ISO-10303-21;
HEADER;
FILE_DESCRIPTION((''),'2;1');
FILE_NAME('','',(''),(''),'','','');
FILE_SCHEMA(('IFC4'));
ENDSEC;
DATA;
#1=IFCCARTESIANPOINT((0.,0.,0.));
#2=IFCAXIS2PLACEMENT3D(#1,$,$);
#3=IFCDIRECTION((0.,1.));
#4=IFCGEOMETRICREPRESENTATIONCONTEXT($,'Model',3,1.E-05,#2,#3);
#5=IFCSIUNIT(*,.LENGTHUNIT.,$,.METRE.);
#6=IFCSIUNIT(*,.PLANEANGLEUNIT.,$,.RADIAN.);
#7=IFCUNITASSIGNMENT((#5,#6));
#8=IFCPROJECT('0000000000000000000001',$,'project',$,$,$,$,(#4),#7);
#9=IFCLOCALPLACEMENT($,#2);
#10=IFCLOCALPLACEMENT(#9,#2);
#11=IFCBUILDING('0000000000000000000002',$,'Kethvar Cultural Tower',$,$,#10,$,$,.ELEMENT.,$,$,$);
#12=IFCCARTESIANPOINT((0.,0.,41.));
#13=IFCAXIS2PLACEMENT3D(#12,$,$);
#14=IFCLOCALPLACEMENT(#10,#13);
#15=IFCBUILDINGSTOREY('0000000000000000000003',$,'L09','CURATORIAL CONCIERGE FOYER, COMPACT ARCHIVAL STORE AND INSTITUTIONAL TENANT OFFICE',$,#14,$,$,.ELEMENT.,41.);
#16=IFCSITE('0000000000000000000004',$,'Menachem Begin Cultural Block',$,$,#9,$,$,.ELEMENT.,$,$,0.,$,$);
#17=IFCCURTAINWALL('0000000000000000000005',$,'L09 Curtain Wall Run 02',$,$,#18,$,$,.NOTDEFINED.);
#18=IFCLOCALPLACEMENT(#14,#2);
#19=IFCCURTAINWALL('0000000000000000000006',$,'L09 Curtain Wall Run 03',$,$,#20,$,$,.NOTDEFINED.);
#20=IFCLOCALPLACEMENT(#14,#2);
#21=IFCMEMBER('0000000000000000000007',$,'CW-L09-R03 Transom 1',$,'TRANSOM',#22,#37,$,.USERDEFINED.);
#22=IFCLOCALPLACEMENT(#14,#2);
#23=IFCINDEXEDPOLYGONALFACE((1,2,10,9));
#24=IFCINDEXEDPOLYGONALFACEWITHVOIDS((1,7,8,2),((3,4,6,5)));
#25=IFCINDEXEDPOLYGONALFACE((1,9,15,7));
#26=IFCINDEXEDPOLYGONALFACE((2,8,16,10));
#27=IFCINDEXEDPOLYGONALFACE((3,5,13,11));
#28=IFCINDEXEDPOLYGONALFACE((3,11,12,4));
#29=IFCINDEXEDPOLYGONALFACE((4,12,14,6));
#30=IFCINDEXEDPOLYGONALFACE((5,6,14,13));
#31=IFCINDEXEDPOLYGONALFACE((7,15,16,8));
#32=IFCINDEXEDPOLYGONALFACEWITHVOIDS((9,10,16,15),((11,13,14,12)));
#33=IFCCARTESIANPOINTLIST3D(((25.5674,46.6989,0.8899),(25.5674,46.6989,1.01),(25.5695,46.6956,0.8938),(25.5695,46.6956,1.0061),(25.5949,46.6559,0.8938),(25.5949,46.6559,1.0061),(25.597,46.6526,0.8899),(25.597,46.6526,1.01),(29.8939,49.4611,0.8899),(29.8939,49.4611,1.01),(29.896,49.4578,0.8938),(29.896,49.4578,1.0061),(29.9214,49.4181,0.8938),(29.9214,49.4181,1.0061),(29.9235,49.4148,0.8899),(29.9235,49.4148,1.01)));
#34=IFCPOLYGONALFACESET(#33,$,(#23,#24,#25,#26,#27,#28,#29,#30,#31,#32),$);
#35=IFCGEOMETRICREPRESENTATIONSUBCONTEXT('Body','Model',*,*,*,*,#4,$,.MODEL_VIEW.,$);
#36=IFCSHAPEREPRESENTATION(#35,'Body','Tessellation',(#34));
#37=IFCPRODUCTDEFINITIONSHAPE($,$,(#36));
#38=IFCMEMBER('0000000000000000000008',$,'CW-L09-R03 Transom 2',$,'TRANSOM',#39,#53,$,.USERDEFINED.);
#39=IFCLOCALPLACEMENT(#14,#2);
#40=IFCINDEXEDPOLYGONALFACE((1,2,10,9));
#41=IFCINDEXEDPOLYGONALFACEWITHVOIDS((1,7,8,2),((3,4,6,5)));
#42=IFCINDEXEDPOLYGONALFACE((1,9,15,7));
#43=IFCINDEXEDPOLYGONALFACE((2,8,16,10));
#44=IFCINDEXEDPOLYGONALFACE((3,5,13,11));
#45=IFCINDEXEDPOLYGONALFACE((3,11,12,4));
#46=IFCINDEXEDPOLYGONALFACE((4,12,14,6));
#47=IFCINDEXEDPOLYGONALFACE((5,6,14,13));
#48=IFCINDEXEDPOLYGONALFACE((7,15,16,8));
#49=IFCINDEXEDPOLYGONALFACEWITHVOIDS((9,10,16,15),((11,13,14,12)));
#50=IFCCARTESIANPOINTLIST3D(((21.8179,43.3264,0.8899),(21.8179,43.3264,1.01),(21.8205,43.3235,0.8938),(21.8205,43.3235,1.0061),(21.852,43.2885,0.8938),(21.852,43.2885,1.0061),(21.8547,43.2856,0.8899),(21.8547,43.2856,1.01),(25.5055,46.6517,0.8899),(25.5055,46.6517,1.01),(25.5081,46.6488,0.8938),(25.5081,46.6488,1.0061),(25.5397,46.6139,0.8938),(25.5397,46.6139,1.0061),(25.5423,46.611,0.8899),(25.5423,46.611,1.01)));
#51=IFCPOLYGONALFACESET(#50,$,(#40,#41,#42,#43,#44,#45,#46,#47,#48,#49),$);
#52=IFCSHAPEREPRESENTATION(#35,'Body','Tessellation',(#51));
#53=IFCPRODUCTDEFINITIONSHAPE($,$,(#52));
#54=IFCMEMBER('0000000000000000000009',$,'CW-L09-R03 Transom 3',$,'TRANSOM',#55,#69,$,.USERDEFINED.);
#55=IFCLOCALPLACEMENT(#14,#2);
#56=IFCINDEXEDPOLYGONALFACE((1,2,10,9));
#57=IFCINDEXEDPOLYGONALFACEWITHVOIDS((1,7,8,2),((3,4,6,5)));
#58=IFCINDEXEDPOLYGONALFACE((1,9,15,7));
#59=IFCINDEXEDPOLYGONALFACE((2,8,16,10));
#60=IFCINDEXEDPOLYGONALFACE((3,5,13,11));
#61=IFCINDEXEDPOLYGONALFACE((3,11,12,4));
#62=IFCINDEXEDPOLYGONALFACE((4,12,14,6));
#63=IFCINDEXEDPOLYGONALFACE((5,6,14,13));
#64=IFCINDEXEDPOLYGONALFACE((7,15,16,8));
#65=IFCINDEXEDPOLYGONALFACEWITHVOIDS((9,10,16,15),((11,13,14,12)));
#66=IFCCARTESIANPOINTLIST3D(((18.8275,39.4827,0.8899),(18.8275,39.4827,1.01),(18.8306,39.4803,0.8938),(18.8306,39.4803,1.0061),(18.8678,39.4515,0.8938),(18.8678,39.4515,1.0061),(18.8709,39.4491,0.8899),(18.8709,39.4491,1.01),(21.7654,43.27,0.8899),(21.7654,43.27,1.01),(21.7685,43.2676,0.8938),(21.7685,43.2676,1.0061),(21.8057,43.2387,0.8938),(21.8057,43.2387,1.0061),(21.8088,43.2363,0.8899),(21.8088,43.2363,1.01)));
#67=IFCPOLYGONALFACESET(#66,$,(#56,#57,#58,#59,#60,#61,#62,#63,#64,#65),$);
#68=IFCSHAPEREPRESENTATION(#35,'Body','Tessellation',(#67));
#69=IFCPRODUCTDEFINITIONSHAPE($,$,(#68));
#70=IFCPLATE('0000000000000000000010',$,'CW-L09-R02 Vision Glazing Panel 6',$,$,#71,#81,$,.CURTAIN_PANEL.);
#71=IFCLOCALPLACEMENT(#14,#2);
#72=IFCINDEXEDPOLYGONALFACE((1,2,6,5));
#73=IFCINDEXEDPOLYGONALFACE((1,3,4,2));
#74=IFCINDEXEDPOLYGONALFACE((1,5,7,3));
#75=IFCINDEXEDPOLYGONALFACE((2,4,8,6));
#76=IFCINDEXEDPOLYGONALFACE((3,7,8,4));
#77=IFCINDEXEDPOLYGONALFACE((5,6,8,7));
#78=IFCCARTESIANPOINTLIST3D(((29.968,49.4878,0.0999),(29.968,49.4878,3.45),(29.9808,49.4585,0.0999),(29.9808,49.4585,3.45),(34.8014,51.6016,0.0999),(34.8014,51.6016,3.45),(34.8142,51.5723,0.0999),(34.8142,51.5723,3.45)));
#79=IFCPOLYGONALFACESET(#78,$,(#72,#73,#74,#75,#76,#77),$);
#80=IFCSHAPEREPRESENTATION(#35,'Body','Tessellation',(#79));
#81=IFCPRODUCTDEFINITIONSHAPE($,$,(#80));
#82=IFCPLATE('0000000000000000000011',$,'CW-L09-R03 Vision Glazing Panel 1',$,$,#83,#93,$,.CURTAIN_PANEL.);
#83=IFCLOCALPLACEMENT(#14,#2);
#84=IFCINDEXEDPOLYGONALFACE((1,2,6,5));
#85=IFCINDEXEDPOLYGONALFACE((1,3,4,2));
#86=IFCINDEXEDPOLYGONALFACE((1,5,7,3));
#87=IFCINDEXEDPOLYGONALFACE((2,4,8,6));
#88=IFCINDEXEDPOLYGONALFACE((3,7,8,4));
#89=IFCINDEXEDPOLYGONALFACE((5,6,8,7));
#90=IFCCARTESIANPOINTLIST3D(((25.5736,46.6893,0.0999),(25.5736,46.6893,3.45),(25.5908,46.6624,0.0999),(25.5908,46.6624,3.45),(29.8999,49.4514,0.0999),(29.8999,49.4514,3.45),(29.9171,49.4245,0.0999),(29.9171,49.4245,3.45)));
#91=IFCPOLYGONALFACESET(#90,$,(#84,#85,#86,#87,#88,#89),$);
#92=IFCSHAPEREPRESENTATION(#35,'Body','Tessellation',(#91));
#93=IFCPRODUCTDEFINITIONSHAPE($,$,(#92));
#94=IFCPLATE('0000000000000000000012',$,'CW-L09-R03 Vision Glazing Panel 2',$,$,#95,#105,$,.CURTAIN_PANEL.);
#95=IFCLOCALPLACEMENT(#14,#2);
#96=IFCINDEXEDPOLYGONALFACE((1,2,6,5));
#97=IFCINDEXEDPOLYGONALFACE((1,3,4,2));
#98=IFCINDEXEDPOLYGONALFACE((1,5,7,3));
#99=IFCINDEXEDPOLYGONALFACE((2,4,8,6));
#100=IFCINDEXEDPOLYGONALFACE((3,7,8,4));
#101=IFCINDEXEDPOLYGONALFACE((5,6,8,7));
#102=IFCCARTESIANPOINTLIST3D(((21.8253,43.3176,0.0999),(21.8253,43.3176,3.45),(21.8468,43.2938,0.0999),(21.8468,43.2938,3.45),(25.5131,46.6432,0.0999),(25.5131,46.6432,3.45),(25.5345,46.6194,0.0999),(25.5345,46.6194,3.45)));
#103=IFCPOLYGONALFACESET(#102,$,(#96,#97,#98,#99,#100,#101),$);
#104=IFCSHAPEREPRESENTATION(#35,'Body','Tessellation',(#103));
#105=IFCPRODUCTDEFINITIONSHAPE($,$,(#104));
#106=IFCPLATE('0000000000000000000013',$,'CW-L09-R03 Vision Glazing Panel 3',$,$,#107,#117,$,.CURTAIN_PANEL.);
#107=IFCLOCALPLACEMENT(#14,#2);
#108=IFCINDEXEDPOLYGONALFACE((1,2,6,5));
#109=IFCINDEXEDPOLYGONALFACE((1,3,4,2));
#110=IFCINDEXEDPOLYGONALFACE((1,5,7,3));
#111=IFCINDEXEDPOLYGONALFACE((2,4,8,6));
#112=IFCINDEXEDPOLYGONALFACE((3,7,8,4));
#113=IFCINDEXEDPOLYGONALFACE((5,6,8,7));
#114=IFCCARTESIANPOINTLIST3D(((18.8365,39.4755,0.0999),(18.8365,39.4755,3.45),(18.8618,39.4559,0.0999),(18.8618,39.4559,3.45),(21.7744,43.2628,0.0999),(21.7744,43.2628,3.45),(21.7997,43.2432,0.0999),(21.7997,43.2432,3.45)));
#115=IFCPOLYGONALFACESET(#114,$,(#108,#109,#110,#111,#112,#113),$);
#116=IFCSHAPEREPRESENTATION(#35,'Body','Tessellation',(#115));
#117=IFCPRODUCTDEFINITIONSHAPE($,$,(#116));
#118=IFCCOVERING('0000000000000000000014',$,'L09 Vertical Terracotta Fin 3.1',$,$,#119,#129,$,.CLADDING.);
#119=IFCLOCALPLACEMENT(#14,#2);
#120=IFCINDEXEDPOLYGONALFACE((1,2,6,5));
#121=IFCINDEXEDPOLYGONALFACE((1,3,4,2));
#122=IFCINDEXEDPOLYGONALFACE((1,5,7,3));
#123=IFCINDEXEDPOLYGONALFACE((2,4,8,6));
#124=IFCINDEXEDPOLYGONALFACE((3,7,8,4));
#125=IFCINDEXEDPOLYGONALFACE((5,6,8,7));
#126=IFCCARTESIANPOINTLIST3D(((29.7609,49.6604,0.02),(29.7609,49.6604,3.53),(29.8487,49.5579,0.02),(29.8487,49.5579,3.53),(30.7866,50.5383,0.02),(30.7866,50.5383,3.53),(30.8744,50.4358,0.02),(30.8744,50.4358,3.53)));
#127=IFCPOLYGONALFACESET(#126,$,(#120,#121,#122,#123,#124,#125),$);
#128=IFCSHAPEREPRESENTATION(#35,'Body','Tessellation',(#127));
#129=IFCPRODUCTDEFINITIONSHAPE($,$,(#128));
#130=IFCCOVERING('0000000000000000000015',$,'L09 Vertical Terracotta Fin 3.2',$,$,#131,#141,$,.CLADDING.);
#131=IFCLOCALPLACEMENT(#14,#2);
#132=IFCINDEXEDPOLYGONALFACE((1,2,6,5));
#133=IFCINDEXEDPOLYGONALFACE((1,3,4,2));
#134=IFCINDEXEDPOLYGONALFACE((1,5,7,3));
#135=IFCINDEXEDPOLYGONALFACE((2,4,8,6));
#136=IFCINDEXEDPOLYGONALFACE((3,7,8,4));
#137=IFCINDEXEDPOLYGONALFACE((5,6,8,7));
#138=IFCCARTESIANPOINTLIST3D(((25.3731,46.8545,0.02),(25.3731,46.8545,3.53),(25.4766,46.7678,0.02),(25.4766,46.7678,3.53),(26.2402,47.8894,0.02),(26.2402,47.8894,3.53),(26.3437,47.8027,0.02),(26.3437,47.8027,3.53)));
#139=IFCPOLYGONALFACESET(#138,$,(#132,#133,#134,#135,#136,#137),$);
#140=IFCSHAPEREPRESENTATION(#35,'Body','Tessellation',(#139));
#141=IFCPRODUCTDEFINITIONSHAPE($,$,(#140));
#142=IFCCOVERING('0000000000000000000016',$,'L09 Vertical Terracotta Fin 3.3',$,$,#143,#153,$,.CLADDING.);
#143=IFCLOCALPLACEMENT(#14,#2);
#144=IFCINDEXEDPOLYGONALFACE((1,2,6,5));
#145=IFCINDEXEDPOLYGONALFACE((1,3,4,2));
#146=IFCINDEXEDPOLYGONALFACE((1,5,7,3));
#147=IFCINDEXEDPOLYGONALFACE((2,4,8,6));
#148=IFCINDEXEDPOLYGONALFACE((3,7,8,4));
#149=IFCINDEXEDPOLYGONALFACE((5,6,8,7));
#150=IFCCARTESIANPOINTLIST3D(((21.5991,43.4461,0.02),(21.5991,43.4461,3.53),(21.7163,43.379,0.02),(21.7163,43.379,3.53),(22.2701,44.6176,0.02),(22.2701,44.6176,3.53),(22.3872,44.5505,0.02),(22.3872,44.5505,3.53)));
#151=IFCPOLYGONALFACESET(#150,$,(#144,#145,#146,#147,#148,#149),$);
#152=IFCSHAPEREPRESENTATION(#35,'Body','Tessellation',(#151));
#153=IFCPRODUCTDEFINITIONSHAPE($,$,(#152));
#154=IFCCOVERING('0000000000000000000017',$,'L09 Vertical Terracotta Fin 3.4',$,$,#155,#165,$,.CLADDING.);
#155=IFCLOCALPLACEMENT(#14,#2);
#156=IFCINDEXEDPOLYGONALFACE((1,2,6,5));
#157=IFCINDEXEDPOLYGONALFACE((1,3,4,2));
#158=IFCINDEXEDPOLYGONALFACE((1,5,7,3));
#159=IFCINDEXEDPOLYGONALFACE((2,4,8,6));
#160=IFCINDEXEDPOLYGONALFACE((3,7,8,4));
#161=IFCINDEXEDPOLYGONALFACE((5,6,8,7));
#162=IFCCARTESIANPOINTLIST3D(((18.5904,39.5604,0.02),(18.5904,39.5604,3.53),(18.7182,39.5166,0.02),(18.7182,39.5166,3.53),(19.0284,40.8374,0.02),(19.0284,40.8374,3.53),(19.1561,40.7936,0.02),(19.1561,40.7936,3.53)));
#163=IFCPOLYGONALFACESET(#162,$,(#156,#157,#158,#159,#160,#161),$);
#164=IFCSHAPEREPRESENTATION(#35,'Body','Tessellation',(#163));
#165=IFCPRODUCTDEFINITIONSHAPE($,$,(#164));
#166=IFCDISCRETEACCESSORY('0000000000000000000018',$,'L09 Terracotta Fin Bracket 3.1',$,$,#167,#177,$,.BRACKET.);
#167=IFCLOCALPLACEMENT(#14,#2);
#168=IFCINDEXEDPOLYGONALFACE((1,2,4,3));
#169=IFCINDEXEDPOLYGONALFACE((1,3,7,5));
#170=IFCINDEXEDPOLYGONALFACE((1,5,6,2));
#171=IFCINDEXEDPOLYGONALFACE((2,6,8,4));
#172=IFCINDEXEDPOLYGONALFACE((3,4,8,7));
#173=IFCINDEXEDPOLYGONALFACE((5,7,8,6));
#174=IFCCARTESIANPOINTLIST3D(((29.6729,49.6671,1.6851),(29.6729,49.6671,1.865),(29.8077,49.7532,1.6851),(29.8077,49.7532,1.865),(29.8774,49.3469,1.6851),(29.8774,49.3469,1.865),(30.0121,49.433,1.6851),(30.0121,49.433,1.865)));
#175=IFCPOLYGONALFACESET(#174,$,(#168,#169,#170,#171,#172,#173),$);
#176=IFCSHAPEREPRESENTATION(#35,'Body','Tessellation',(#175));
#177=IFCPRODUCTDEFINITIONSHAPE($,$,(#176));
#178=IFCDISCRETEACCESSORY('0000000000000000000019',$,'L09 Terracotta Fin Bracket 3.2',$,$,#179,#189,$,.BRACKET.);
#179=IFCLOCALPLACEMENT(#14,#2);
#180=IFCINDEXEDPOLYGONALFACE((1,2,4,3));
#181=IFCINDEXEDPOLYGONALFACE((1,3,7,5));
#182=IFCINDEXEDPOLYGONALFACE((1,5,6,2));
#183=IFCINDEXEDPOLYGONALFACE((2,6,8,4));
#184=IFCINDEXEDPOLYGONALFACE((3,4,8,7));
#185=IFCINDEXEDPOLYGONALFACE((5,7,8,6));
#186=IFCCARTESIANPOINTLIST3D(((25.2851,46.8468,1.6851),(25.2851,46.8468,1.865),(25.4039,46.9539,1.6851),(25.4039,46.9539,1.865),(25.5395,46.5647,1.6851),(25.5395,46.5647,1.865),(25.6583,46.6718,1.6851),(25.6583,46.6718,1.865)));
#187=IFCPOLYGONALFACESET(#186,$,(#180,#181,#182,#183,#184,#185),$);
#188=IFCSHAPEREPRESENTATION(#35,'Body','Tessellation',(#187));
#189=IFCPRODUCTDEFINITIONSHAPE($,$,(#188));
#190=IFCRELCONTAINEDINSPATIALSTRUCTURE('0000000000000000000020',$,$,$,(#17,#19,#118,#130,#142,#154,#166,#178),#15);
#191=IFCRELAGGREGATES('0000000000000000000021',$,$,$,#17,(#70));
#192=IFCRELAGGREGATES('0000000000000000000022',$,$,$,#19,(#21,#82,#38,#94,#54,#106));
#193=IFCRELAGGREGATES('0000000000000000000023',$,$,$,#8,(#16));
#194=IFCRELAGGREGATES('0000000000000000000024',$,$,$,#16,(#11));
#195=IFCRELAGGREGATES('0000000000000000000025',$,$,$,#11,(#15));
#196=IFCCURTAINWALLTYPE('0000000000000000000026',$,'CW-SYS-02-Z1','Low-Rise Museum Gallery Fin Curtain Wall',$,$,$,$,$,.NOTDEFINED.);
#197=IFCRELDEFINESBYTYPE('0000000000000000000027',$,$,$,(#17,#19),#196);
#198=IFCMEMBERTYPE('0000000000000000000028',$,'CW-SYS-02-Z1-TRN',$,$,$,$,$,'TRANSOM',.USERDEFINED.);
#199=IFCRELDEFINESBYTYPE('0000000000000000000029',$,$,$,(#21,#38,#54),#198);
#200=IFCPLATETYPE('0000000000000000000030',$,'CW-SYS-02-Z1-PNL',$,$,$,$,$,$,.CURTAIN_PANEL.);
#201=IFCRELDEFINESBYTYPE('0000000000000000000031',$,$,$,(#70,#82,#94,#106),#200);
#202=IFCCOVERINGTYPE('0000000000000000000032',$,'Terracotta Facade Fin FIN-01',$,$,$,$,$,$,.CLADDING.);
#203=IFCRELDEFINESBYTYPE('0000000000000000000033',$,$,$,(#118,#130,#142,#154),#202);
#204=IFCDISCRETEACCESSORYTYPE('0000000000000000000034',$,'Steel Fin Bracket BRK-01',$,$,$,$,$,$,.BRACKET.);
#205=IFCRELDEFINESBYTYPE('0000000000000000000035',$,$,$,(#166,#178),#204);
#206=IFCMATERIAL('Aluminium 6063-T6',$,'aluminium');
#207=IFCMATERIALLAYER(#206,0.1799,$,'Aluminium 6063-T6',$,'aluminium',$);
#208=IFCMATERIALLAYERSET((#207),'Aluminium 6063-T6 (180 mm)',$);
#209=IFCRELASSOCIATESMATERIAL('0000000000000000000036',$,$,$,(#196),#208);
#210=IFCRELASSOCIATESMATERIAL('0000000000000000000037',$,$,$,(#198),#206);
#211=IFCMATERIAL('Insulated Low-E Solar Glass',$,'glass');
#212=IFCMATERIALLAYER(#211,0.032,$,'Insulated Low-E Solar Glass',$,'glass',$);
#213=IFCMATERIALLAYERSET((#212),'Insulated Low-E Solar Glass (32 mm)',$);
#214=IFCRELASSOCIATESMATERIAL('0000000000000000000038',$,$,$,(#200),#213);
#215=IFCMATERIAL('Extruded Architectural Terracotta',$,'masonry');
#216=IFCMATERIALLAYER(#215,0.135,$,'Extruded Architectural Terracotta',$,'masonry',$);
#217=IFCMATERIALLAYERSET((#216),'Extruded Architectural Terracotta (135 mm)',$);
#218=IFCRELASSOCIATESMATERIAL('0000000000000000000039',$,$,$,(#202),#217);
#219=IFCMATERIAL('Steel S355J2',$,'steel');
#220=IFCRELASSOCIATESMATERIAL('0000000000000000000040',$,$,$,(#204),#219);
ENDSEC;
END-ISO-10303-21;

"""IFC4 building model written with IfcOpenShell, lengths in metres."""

from ifc_helpers import new_model, si_unit, direction, frame, origin, origin_2d, place, context, subcontext, project, spatial, rectangle, hollow_rectangle, extrude, source, transform, mapped, material, layer, layer_set, material_profile, profile_set, type_object, element, aggregate, save


model = new_model("IFC4")

# Units and contexts
model_context = context("Model", 3, precision=1e-05, world=origin(), true_north=direction((0.0, 1.0)))
body_context = subcontext(model_context, "Body", "Model", "MODEL_VIEW")
ifc_project = project(units=[si_unit("LENGTHUNIT", "METRE"), si_unit("PLANEANGLEUNIT", "RADIAN")], contexts=[model_context])

# Site, building, storey
site_placement = place(None, origin())
site = spatial("IfcSite", under=ifc_project, at=site_placement, Name="Menachem Begin Cultural Block", CompositionType="ELEMENT", RefElevation=0.0)
building_placement = place(site_placement, origin())
building = spatial("IfcBuilding", under=site, at=building_placement, Name="Kethvar Cultural Tower", CompositionType="ELEMENT")
storey_placement = place(building_placement, frame((0.0, 0.0, 41.0)))
storey = spatial("IfcBuildingStorey", under=building, at=storey_placement, Name="L09", Description="CURATORIAL CONCIERGE FOYER, COMPACT ARCHIVAL STORE AND INSTITUTIONAL TENANT OFFICE", CompositionType="ELEMENT", Elevation=41.0)

# Shared definitions
ifc_material_1 = material(Name="Steel S355J2", Category="steel")

# Curtain wall
ifc_material_2 = material(Name="Aluminium 6063-T6", Category="aluminium")
ifc_layer_1 = layer(ifc_material_2, 0.1799, Name="Aluminium 6063-T6", Category="aluminium")
ifc_layer_set_1 = layer_set([ifc_layer_1], Name="Aluminium 6063-T6 (180 mm)")
curtain_wall_type = type_object("IfcCurtainWallType", Name="CW-SYS-02-Z1", Description="Low-Rise Museum Gallery Fin Curtain Wall", PredefinedType="NOTDEFINED", material=ifc_layer_set_1)
curtain_wall_1_placement = place(storey_placement, origin())
curtain_wall_1 = element("IfcCurtainWall", 1, at=curtain_wall_1_placement, inside=storey, type_object=curtain_wall_type, Name="L09 Curtain Wall Run 02", PredefinedType="NOTDEFINED")

# Curtain wall, members
curtain_wall_2_placement = place(storey_placement, origin())
curtain_wall_2 = element("IfcCurtainWall", 2, at=curtain_wall_2_placement, inside=storey, type_object=curtain_wall_type, Name="L09 Curtain Wall Run 03", PredefinedType="NOTDEFINED")
ifc_material_profile_1 = material_profile(ifc_material_2, hollow_rectangle(XDim=0.0549, YDim=0.1201, WallThickness=0.0039, at=origin_2d()), Name="Aluminium 6063-T6 — RHS120x55x4")
ifc_profile_set_1 = profile_set([ifc_material_profile_1], Name="Aluminium 6063-T6 — RHS120x55x4")
member_type_1 = type_object("IfcMemberType", Name="CW-SYS-02-Z1-TRN", ElementType="TRANSOM", PredefinedType="USERDEFINED", material=ifc_profile_set_1)
shared_shape_1 = source(origin(), body_context, "Body", "SweptSolid", [
    extrude(hollow_rectangle(XDim=0.0549, YDim=0.1201, WallThickness=0.0039, at=origin_2d()), origin(), (0.0, 0.0, 1.0), 5.1331),
])
member_1_placement = place(storey_placement, frame((29.9087, 49.438, 0.95), z_axis=(-0.842863, -0.538127, 0.0), x_axis=(0.538127, -0.842863, 0.0)))
member_1 = element("IfcMember", 3, at=member_1_placement, type_object=member_type_1, Name="CW-L09-R03 Transom 1", ObjectType="TRANSOM", PredefinedType="USERDEFINED", context=body_context, shape_type="MappedRepresentation", body=[
    mapped(shared_shape_1, transform((0.0, 0.0, 0.0), scale=1.0)),
])
shared_shape_2 = source(origin(), body_context, "Body", "SweptSolid", [
    extrude(hollow_rectangle(XDim=0.0549, YDim=0.1201, WallThickness=0.0039, at=origin_2d()), origin(), (0.0, 0.0, 1.0), 4.9656),
])
member_2_placement = place(storey_placement, frame((25.5239, 46.6313, 0.95), z_axis=(-0.742646, -0.669684, 0.0), x_axis=(0.669684, -0.742646, 0.0)))
member_2 = element("IfcMember", 4, at=member_2_placement, type_object=member_type_1, Name="CW-L09-R03 Transom 2", ObjectType="TRANSOM", PredefinedType="USERDEFINED", context=body_context, shape_type="MappedRepresentation", body=[
    mapped(shared_shape_2, transform((0.0, 0.0, 0.0), scale=1.0)),
])
shared_shape_3 = source(origin(), body_context, "Body", "SweptSolid", [
    extrude(hollow_rectangle(XDim=0.0549, YDim=0.1201, WallThickness=0.0039, at=origin_2d()), origin(), (0.0, 0.0, 1.0), 4.7932),
])
member_3_placement = place(storey_placement, frame((21.7871, 43.2532, 0.95), z_axis=(-0.612935, -0.790133, 0.0), x_axis=(0.790133, -0.612935, 0.0)))
member_3 = element("IfcMember", 5, at=member_3_placement, type_object=member_type_1, Name="CW-L09-R03 Transom 3", ObjectType="TRANSOM", PredefinedType="USERDEFINED", context=body_context, shape_type="MappedRepresentation", body=[
    mapped(shared_shape_3, transform((0.0, 0.0, 0.0), scale=1.0)),
])

# Plates
ifc_material_3 = material(Name="Insulated Low-E Solar Glass", Category="glass")
ifc_layer_2 = layer(ifc_material_3, 0.032, Name="Insulated Low-E Solar Glass", Category="glass")
ifc_layer_set_2 = layer_set([ifc_layer_2], Name="Insulated Low-E Solar Glass (32 mm)")
plate_type = type_object("IfcPlateType", Name="CW-SYS-02-Z1-PNL", PredefinedType="CURTAIN_PANEL", material=ifc_layer_set_2)
shared_shape_4 = source(origin(), body_context, "Body", "SweptSolid", [
    extrude(rectangle(XDim=5.2754, YDim=0.032, at=origin_2d()), origin(), (0.0, 0.0, 1.0), 3.3501),
])
plate_1_placement = place(storey_placement, frame((32.3911, 50.53, 0.0999), z_axis=(0.0, 0.0, 1.0), x_axis=(-0.916216, -0.400685, 0.0)))
plate_1 = element("IfcPlate", 6, at=plate_1_placement, type_object=plate_type, Name="CW-L09-R02 Vision Glazing Panel 6", PredefinedType="CURTAIN_PANEL", context=body_context, shape_type="MappedRepresentation", body=[
    mapped(shared_shape_4, transform((0.0, 0.0, 0.0), scale=1.0)),
])
aggregate(curtain_wall_1, [plate_1])
shared_shape_5 = source(origin(), body_context, "Body", "SweptSolid", [
    extrude(rectangle(XDim=5.1328, YDim=0.032, at=origin_2d()), origin(), (0.0, 0.0, 1.0), 3.3501),
])
plate_2_placement = place(storey_placement, frame((27.7454, 48.0569, 0.0999), z_axis=(0.0, 0.0, 1.0), x_axis=(-0.842866, -0.538124, 0.0)))
plate_2 = element("IfcPlate", 7, at=plate_2_placement, type_object=plate_type, Name="CW-L09-R03 Vision Glazing Panel 1", PredefinedType="CURTAIN_PANEL", context=body_context, shape_type="MappedRepresentation", body=[
    mapped(shared_shape_5, transform((0.0, 0.0, 0.0), scale=1.0)),
])
shared_shape_6 = source(origin(), body_context, "Body", "SweptSolid", [
    extrude(rectangle(XDim=4.9658, YDim=0.032, at=origin_2d()), origin(), (0.0, 0.0, 1.0), 3.3501),
])
plate_3_placement = place(storey_placement, frame((23.6799, 44.9685, 0.0999), z_axis=(0.0, 0.0, 1.0), x_axis=(-0.742631, -0.669701, 0.0)))
plate_3 = element("IfcPlate", 8, at=plate_3_placement, type_object=plate_type, Name="CW-L09-R03 Vision Glazing Panel 2", PredefinedType="CURTAIN_PANEL", context=body_context, shape_type="MappedRepresentation", body=[
    mapped(shared_shape_6, transform((0.0, 0.0, 0.0), scale=1.0)),
])
shared_shape_7 = source(origin(), body_context, "Body", "SweptSolid", [
    extrude(rectangle(XDim=4.7932, YDim=0.032, at=origin_2d()), origin(), (0.0, 0.0, 1.0), 3.3501),
])
plate_4_placement = place(storey_placement, frame((20.3181, 41.3594, 0.0999), z_axis=(0.0, 0.0, 1.0), x_axis=(-0.612935, -0.790134, 0.0)))
plate_4 = element("IfcPlate", 9, at=plate_4_placement, type_object=plate_type, Name="CW-L09-R03 Vision Glazing Panel 3", PredefinedType="CURTAIN_PANEL", context=body_context, shape_type="MappedRepresentation", body=[
    mapped(shared_shape_7, transform((0.0, 0.0, 0.0), scale=1.0)),
])
aggregate(curtain_wall_2, [member_1, plate_2, member_2, plate_3, member_3, plate_4])

# Coverings
ifc_material_4 = material(Name="Extruded Architectural Terracotta", Category="masonry")
ifc_layer_3 = layer(ifc_material_4, 0.135, Name="Extruded Architectural Terracotta", Category="masonry")
ifc_layer_set_3 = layer_set([ifc_layer_3], Name="Extruded Architectural Terracotta (135 mm)")
covering_type = type_object("IfcCoveringType", Name="Terracotta Facade Fin FIN-01", PredefinedType="CLADDING", material=ifc_layer_set_3)
shared_shape_8 = source(origin(), body_context, "Body", "SweptSolid", [
    extrude(rectangle(XDim=1.3501, YDim=0.135, at=origin_2d()), origin(), (0.0, 0.0, 1.0), 3.51),
])
for number, where, z_axis, x_axis, name in (
    (10, (30.3176, 50.0481, 0.02), (0.0, 0.0, 1.0), (0.759725, 0.650244, 0.0), "L09 Vertical Terracotta Fin 3.1"),
    (11, (25.8584, 47.3286, 0.02), (0.0, 0.0, 1.0), (0.642253, 0.766493, 0.0), "L09 Vertical Terracotta Fin 3.2"),
    (12, (21.9932, 43.9983, 0.02), (0.0, 0.0, 1.0), (0.496974, 0.867765, 0.0), "L09 Vertical Terracotta Fin 3.3"),
    (13, (18.8733, 40.177, 0.02), (0.0, 0.0, 1.0), (0.324413, 0.945916, 0.0), "L09 Vertical Terracotta Fin 3.4"),
):
    element("IfcCovering", number, at=place(storey_placement, frame(where, z_axis=z_axis, x_axis=x_axis)), inside=storey, type_object=covering_type, Name=name, PredefinedType="CLADDING", context=body_context, shape_type="MappedRepresentation", body=[
        mapped(shared_shape_8, transform((0.0, 0.0, 0.0), scale=1.0)),
    ])

# Discrete accessories
discrete_accessory_type = type_object("IfcDiscreteAccessoryType", Name="Steel Fin Bracket BRK-01", PredefinedType="BRACKET", material=ifc_material_1)
shared_shape_9 = source(origin(), body_context, "Body", "SweptSolid", [
    extrude(rectangle(XDim=0.3799, YDim=0.1599, at=origin_2d()), origin(), (0.0, 0.0, 1.0), 0.1799),
])
for number, where, z_axis, x_axis, name in (
    (14, (29.8425, 49.55, 1.6851), (0.0, 0.0, 1.0), (-0.538183, 0.842828, 0.0), "L09 Terracotta Fin Bracket 3.1"),
    (15, (25.4717, 46.7593, 1.6851), (0.0, 0.0, 1.0), (-0.669649, 0.742678, 0.0), "L09 Terracotta Fin Bracket 3.2"),
):
    element("IfcDiscreteAccessory", number, at=place(storey_placement, frame(where, z_axis=z_axis, x_axis=x_axis)), inside=storey, type_object=discrete_accessory_type, Name=name, PredefinedType="BRACKET", context=body_context, shape_type="MappedRepresentation", body=[
        mapped(shared_shape_9, transform((0.0, 0.0, 0.0), scale=1.0)),
    ])

save(model, "model.ifc")
